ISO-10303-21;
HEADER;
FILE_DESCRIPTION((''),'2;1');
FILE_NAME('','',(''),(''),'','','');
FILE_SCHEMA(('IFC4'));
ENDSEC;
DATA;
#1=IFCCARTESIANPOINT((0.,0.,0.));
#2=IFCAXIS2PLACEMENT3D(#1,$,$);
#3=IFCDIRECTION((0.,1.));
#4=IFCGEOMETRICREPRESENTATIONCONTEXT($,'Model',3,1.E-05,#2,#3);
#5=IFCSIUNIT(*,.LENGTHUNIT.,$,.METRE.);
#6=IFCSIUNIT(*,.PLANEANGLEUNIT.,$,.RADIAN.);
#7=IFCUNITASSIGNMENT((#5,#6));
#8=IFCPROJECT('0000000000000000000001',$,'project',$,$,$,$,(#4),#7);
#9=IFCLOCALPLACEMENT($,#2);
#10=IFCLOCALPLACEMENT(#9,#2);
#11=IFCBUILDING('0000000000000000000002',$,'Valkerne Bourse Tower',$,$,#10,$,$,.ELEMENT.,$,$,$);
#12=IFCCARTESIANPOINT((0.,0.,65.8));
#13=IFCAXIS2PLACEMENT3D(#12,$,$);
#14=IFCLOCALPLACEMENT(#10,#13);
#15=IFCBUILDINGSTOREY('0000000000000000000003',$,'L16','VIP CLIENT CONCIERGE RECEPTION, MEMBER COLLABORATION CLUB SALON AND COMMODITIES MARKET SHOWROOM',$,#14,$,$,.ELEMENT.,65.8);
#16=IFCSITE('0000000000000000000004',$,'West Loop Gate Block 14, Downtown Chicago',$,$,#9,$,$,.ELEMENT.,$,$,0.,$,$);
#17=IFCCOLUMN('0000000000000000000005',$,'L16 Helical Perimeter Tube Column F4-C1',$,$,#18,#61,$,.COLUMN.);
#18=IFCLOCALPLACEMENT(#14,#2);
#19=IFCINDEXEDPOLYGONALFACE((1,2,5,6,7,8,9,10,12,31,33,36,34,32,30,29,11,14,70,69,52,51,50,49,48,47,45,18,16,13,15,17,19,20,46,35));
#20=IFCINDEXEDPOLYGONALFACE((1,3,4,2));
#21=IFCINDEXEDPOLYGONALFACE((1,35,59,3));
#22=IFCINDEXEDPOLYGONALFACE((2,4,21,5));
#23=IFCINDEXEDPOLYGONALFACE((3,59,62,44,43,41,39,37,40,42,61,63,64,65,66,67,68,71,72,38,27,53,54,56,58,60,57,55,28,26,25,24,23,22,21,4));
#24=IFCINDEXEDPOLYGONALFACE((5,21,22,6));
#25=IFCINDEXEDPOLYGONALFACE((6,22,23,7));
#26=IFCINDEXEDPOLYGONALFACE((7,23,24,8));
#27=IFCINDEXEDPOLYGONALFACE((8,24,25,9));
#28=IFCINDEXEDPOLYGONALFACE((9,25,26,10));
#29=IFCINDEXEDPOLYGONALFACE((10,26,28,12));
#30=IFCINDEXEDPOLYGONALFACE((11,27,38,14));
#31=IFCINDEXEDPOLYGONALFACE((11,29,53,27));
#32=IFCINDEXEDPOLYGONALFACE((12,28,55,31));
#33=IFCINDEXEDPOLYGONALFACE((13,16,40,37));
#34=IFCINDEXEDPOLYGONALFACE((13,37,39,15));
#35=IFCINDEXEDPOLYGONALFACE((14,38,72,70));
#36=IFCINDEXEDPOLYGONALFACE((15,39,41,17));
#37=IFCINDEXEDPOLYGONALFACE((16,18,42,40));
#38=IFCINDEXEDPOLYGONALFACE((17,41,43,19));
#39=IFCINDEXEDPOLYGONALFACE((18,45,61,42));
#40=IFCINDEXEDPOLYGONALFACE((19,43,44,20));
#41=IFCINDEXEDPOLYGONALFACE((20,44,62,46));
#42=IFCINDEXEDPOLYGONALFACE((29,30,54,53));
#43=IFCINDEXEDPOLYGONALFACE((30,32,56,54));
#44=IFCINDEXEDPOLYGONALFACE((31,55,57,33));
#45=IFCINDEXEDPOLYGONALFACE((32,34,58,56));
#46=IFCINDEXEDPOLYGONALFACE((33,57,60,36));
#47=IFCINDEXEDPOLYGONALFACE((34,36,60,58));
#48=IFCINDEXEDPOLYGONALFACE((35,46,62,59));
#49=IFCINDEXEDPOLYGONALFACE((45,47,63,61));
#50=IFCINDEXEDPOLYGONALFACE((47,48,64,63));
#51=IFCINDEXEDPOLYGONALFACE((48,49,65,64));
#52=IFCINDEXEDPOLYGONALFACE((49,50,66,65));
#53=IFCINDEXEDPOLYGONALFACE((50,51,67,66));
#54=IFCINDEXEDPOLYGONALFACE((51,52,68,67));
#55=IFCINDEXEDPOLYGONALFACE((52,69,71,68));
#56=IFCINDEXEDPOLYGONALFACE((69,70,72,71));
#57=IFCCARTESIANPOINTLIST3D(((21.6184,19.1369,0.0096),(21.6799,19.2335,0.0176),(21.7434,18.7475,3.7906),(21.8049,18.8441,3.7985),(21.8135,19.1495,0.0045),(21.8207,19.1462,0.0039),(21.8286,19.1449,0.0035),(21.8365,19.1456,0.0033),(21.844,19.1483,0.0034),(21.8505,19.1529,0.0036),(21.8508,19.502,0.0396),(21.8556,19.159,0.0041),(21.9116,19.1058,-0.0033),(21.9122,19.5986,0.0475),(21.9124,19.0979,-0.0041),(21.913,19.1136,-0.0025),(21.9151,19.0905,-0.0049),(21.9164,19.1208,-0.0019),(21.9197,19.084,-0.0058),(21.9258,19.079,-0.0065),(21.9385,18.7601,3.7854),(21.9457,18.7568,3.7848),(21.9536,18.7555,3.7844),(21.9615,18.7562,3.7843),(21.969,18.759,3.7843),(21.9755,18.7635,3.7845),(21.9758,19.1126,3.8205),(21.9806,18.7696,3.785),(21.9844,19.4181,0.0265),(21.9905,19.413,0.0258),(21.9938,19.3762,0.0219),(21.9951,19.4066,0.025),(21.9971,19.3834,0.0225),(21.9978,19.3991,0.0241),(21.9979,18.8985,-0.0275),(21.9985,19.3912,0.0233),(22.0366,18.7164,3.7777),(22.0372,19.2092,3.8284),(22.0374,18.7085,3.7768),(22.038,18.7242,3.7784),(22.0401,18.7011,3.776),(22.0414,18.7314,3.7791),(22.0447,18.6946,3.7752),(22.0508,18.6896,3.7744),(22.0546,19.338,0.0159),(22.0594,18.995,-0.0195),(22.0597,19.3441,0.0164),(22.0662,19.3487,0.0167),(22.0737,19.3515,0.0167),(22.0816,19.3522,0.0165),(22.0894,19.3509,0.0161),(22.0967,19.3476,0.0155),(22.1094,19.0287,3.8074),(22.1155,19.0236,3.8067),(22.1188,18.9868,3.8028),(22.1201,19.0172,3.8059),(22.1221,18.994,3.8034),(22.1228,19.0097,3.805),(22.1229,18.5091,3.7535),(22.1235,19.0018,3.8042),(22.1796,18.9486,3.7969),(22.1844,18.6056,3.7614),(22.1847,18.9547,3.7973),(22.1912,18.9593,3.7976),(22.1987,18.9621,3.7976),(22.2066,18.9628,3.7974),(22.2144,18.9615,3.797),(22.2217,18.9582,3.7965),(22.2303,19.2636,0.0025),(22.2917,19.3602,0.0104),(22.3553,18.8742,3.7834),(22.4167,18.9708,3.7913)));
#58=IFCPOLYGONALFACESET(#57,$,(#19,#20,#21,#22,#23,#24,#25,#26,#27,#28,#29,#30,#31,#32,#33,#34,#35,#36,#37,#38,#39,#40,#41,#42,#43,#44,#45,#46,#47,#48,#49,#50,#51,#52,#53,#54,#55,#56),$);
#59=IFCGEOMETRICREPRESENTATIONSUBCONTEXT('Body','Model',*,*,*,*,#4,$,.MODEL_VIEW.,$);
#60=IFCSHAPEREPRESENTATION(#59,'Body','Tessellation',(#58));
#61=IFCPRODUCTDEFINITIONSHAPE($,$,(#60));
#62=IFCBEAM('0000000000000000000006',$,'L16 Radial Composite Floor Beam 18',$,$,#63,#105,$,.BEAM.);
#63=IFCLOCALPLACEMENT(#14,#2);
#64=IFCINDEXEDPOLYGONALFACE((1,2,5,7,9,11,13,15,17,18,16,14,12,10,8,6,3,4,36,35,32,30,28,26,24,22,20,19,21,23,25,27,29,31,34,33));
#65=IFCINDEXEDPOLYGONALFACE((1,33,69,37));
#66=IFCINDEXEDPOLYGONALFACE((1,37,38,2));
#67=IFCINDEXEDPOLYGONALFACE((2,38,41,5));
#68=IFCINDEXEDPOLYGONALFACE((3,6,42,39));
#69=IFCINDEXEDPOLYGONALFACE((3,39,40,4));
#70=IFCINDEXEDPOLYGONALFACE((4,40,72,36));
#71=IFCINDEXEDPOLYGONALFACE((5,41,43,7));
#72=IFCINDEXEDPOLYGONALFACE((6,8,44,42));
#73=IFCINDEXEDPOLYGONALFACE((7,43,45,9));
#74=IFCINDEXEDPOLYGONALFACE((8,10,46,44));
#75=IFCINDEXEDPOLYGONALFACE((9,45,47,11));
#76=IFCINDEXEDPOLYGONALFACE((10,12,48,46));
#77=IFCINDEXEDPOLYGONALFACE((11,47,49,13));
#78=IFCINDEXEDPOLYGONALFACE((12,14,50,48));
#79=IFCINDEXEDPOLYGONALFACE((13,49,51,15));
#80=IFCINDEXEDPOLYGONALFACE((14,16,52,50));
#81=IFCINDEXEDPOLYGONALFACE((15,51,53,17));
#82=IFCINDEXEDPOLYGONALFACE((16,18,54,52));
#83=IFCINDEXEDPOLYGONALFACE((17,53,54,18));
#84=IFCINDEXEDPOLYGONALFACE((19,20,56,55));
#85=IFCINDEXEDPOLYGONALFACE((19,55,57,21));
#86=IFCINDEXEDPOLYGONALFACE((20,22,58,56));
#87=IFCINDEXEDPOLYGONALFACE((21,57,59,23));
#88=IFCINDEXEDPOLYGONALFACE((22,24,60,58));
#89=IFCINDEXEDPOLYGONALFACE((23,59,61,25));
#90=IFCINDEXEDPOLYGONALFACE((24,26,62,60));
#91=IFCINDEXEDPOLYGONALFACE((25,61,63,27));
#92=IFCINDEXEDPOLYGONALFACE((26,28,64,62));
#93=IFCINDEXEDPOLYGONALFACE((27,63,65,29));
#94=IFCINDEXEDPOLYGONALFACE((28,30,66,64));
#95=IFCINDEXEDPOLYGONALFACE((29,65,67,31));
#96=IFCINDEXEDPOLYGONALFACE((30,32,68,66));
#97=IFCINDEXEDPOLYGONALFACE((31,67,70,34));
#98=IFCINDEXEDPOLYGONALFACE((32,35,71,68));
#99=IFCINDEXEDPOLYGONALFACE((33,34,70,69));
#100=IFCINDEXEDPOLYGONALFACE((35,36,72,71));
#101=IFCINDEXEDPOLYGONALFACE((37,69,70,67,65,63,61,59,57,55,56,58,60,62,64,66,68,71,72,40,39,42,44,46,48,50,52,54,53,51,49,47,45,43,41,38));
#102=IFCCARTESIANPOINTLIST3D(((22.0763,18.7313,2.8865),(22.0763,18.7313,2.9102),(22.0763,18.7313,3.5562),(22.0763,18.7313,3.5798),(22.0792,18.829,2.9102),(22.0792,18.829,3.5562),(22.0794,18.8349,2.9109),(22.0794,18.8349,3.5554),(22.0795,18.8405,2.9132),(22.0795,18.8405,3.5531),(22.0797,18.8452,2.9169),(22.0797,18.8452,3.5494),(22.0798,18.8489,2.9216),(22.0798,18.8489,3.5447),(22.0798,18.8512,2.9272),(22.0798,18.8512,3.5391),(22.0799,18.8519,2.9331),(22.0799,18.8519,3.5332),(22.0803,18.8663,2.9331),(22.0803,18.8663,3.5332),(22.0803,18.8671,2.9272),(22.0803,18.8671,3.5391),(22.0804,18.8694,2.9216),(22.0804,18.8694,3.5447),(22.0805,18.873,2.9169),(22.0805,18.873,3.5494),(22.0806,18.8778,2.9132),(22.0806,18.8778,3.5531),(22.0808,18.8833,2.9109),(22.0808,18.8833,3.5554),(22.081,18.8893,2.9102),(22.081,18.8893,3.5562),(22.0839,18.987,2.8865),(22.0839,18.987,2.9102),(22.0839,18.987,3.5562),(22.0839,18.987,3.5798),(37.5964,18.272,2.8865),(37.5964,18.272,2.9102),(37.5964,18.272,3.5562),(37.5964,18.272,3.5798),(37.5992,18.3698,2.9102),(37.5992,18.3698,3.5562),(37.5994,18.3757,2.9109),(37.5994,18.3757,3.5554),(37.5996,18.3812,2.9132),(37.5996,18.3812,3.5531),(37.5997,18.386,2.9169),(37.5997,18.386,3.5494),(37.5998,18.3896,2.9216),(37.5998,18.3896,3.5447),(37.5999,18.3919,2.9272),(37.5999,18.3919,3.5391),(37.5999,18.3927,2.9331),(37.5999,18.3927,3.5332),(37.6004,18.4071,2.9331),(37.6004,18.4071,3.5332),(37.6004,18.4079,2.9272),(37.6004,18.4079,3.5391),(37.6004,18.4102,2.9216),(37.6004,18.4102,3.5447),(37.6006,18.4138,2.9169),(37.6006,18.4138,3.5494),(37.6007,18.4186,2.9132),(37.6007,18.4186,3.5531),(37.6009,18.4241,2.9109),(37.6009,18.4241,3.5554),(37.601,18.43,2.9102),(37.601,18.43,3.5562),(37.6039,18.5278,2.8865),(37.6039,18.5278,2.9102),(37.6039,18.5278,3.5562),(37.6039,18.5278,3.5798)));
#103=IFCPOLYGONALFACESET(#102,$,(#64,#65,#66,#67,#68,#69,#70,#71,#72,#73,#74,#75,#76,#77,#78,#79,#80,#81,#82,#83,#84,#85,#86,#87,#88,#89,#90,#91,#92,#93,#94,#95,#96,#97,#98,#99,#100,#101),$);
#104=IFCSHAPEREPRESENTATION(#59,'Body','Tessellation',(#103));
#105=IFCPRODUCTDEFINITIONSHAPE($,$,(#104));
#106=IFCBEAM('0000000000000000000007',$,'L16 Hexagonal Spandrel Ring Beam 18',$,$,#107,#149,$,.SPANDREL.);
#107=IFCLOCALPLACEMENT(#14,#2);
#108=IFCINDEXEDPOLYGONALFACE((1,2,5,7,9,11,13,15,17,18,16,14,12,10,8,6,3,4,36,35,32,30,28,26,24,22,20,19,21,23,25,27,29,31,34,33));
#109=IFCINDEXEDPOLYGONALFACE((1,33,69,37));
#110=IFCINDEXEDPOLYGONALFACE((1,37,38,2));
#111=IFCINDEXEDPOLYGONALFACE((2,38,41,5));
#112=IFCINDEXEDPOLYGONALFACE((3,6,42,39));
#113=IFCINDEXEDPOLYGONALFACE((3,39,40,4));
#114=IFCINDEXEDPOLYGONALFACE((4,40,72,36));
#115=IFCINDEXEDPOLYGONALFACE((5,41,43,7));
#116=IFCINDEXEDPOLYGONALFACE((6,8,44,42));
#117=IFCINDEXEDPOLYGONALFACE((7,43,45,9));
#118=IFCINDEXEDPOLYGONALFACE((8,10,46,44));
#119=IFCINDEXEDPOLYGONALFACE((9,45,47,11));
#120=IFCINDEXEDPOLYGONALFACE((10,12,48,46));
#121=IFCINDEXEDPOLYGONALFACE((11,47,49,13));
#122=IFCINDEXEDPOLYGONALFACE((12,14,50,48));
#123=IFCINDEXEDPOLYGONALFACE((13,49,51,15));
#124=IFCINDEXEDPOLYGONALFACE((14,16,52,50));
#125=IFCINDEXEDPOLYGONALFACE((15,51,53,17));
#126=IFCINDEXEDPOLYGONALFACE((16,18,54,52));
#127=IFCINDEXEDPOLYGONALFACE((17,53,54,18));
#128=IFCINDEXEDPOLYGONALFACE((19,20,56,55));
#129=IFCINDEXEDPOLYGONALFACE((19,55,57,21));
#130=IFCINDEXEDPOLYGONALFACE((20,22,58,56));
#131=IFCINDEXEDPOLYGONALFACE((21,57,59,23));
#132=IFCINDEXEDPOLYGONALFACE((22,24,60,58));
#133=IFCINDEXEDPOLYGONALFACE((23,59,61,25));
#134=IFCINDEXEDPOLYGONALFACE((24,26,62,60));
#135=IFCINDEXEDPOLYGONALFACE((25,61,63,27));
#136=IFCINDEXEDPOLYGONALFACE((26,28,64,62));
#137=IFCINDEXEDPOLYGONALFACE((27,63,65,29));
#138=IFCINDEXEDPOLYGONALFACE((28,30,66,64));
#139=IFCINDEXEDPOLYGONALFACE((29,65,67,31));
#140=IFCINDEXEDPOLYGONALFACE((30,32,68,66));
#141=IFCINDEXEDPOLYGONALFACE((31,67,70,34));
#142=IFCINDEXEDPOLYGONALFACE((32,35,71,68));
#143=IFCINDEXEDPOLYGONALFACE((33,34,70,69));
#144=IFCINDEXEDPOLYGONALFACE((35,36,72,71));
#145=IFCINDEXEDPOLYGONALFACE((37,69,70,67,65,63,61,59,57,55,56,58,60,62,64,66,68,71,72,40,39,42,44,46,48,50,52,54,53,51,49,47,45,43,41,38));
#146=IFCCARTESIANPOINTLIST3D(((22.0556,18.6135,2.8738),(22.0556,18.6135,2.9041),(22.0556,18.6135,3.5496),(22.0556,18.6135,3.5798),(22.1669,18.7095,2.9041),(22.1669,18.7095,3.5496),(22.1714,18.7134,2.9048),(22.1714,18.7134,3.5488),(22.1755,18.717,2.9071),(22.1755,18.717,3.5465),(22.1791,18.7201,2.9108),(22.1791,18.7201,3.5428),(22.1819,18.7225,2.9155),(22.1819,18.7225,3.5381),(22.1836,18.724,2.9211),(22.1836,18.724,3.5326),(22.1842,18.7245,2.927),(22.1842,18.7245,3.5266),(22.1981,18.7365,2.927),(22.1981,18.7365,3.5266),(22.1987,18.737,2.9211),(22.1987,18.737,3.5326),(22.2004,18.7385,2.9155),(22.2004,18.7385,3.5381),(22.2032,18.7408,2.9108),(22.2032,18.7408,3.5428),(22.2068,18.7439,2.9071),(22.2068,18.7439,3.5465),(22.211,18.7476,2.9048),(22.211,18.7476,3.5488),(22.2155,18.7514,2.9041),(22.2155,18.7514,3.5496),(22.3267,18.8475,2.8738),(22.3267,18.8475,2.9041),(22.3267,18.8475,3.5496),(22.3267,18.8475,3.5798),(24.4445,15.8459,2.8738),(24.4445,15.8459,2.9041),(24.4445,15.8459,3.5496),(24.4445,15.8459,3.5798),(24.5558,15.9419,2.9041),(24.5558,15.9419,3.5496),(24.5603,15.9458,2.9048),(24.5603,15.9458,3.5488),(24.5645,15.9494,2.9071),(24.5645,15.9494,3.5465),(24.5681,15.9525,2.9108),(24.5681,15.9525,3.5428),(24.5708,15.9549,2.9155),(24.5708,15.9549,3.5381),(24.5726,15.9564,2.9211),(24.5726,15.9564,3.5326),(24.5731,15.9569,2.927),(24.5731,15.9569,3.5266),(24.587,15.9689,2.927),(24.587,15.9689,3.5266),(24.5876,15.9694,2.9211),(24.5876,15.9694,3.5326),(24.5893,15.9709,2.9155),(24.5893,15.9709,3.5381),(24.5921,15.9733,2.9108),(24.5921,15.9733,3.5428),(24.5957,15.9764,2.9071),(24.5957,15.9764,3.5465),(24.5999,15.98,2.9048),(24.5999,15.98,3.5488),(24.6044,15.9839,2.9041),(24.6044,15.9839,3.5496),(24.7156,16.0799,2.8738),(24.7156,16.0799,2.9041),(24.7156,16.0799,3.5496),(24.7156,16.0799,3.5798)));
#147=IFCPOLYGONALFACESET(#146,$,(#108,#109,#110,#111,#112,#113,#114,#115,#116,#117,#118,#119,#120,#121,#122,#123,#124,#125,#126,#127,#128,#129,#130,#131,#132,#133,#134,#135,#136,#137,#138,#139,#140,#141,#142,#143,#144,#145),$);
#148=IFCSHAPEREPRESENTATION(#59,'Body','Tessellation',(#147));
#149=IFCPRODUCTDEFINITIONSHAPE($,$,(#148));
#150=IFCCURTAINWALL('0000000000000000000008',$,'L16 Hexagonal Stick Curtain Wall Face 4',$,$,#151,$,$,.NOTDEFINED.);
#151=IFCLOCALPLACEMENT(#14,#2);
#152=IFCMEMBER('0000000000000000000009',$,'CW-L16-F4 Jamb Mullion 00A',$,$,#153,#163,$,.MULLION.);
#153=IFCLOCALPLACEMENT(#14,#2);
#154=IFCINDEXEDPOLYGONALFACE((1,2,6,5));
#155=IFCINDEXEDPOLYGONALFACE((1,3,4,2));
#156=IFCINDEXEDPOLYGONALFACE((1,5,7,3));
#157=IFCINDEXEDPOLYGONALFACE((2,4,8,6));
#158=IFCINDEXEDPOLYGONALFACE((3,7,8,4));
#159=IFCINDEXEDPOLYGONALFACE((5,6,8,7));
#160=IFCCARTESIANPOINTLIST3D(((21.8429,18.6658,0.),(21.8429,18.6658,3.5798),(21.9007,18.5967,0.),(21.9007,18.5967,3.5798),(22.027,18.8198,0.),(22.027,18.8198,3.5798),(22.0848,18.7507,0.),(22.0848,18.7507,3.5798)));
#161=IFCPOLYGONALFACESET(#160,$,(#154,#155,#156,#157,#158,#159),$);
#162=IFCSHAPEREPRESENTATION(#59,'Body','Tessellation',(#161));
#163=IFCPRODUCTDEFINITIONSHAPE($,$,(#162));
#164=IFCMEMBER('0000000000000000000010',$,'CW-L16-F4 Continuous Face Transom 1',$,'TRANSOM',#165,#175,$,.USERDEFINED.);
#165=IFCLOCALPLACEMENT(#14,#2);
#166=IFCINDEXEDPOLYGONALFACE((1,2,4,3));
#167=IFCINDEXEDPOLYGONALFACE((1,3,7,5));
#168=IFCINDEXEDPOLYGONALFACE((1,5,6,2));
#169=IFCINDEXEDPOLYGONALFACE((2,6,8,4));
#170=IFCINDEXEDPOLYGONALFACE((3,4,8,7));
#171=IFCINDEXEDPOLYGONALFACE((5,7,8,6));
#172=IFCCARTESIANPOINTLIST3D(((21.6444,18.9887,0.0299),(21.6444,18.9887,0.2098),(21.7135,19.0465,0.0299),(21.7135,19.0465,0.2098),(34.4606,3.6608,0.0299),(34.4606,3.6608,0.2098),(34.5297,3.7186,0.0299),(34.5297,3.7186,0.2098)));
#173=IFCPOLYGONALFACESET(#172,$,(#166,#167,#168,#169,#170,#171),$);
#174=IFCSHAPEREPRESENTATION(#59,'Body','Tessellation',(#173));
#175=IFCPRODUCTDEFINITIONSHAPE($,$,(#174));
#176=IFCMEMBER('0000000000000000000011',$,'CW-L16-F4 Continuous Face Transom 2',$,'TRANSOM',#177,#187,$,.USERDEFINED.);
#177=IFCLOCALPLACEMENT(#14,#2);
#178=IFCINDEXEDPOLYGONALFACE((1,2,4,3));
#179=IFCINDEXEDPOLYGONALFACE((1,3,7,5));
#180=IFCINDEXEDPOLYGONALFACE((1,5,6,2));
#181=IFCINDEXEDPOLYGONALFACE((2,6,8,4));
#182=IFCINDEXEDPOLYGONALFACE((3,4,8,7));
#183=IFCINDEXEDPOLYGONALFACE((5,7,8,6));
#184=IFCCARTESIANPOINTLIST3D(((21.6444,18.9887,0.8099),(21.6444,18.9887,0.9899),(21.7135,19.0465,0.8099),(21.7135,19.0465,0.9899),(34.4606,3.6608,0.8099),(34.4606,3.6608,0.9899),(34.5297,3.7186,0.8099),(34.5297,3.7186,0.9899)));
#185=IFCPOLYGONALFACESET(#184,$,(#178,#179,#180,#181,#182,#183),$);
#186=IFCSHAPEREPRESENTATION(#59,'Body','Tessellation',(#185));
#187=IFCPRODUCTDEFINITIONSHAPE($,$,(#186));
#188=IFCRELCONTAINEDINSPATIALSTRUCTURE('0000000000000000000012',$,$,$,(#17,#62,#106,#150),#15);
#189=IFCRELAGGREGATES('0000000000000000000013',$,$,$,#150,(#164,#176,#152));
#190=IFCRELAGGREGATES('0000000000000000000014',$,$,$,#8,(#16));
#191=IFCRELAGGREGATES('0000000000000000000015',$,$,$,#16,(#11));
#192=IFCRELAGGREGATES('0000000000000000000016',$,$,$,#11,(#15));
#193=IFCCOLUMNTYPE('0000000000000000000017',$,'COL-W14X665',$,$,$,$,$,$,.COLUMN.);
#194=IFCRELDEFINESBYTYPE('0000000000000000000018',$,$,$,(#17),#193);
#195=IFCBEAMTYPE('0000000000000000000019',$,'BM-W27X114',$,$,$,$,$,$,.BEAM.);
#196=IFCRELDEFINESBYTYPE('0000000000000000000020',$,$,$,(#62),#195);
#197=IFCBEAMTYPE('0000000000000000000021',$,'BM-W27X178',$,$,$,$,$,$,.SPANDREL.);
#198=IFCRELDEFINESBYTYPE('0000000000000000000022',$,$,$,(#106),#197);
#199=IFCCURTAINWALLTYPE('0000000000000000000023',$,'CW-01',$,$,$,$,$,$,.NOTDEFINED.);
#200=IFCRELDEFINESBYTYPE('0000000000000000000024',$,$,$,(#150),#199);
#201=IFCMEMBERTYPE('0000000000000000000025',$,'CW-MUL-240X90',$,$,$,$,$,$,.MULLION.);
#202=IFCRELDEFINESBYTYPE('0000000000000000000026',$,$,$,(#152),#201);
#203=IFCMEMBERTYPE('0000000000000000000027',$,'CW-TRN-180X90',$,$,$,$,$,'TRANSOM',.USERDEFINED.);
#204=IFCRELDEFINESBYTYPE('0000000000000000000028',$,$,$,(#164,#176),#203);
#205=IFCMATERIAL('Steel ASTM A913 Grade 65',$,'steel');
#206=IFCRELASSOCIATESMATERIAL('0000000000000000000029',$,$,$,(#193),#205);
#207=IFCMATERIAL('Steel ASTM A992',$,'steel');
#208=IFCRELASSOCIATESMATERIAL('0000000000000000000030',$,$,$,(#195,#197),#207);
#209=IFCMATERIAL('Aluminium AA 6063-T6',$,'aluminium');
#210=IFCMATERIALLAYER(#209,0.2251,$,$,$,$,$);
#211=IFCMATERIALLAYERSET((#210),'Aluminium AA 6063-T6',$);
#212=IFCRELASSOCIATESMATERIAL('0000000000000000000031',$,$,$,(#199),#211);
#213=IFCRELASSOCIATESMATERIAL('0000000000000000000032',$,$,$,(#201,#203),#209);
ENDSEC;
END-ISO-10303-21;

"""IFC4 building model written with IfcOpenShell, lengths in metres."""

from ifc_helpers import new_model, si_unit, direction, frame, origin, origin_2d, place, context, subcontext, project, spatial, rectangle, i_section, extrude, material, layer, layer_set, material_profile, profile_set, type_object, element, aggregate, save


model = new_model("IFC4")

# Units and contexts
model_context = context("Model", 3, precision=1e-05, world=origin(), true_north=direction((0.0, 1.0)))
body_context = subcontext(model_context, "Body", "Model", "MODEL_VIEW")
ifc_project = project(units=[si_unit("LENGTHUNIT", "METRE"), si_unit("PLANEANGLEUNIT", "RADIAN")], contexts=[model_context])

# Site, building, storey
site_placement = place(None, origin())
site = spatial("IfcSite", under=ifc_project, at=site_placement, Name="West Loop Gate Block 14, Downtown Chicago", CompositionType="ELEMENT", RefElevation=0.0)
building_placement = place(site_placement, origin())
building = spatial("IfcBuilding", under=site, at=building_placement, Name="Valkerne Bourse Tower", CompositionType="ELEMENT")
storey_placement = place(building_placement, frame((0.0, 0.0, 65.8)))
storey = spatial("IfcBuildingStorey", under=building, at=storey_placement, Name="L16", Description="VIP CLIENT CONCIERGE RECEPTION, MEMBER COLLABORATION CLUB SALON AND COMMODITIES MARKET SHOWROOM", CompositionType="ELEMENT", Elevation=65.8)

# Column
ifc_material_1 = material(Name="Steel ASTM A913 Grade 65", Category="steel")
ifc_material_profile_1 = material_profile(ifc_material_1, i_section(OverallWidth=0.4497, OverallDepth=0.5486, WebThickness=0.072, FlangeThickness=0.1147, FilletRadius=0.0305, at=origin_2d()), Name="W14X665")
ifc_profile_set_1 = profile_set([ifc_material_profile_1], Name="Steel ASTM A913 Grade 65")
column_type = type_object("IfcColumnType", Name="COL-W14X665", PredefinedType="COLUMN", material=ifc_profile_set_1)
column_placement = place(storey_placement, frame((21.9551, 19.2485, 0.01), z_axis=(0.032868, -0.102392, 0.994201), x_axis=(0.843872, -0.530164, -0.0825)))
element("IfcColumn", 1, at=column_placement, inside=storey, type_object=column_type, Name="L16 Helical Perimeter Tube Column F4-C1", PredefinedType="COLUMN", context=body_context, shape_type="SweptSolid", body=[
    extrude(i_section(OverallWidth=0.4497, OverallDepth=0.5486, WebThickness=0.072, FlangeThickness=0.1147, FilletRadius=0.0305, at=origin_2d()), origin(), (0.0, 0.0, 1.0), 3.803),
])

# Beams
ifc_material_2 = material(Name="Steel ASTM A992", Category="steel")
ifc_material_profile_2 = material_profile(ifc_material_2, i_section(OverallWidth=0.2559, OverallDepth=0.6934, WebThickness=0.0144, FlangeThickness=0.0237, FilletRadius=0.0229, at=origin_2d()), Name="W27X114")
ifc_profile_set_2 = profile_set([ifc_material_profile_2], Name="Steel ASTM A992")
beam_type_1 = type_object("IfcBeamType", Name="BM-W27X114", PredefinedType="BEAM", material=ifc_profile_set_2)
beam_1_placement = place(storey_placement, frame((22.0801, 18.8591, 3.2332), z_axis=(0.999563, -0.029576, 0.0), x_axis=(0.029576, 0.999563, 0.0)))
element("IfcBeam", 2, at=beam_1_placement, inside=storey, type_object=beam_type_1, Name="L16 Radial Composite Floor Beam 18", PredefinedType="BEAM", context=body_context, shape_type="SweptSolid", body=[
    extrude(i_section(OverallWidth=0.2559, OverallDepth=0.6934, WebThickness=0.0144, FlangeThickness=0.0237, FilletRadius=0.0229, at=origin_2d()), origin(), (0.0, 0.0, 1.0), 15.5269),
])
ifc_material_profile_3 = material_profile(ifc_material_2, i_section(OverallWidth=0.3582, OverallDepth=0.7061, WebThickness=0.0183, FlangeThickness=0.0303, FilletRadius=0.0229, at=origin_2d()), Name="W27X178")
ifc_profile_set_3 = profile_set([ifc_material_profile_3], Name="Steel ASTM A992")
beam_type_2 = type_object("IfcBeamType", Name="BM-W27X178", PredefinedType="SPANDREL", material=ifc_profile_set_3)
beam_2_placement = place(storey_placement, frame((22.1912, 18.7305, 3.2268), z_axis=(0.653422, -0.756994, 0.0), x_axis=(0.756994, 0.653422, 0.0)))
element("IfcBeam", 3, at=beam_2_placement, inside=storey, type_object=beam_type_2, Name="L16 Hexagonal Spandrel Ring Beam 18", PredefinedType="SPANDREL", context=body_context, shape_type="SweptSolid", body=[
    extrude(i_section(OverallWidth=0.3582, OverallDepth=0.7061, WebThickness=0.0183, FlangeThickness=0.0303, FilletRadius=0.0229, at=origin_2d()), origin(), (0.0, 0.0, 1.0), 3.656),
])

# Curtain wall, members
ifc_material_3 = material(Name="Aluminium AA 6063-T6", Category="aluminium")
ifc_layer_1 = layer(ifc_material_3, 0.2251)
ifc_layer_set_1 = layer_set([ifc_layer_1], Name="Aluminium AA 6063-T6")
curtain_wall_type = type_object("IfcCurtainWallType", Name="CW-01", PredefinedType="NOTDEFINED", material=ifc_layer_set_1)
curtain_wall_placement = place(storey_placement, origin())
curtain_wall = element("IfcCurtainWall", 4, at=curtain_wall_placement, inside=storey, type_object=curtain_wall_type, Name="L16 Hexagonal Stick Curtain Wall Face 4", PredefinedType="NOTDEFINED")
ifc_material_profile_4 = material_profile(ifc_material_3, rectangle(XDim=0.0901, YDim=0.24, at=origin_2d()), Name="CWM-90X240")
ifc_profile_set_4 = profile_set([ifc_material_profile_4], Name="Aluminium AA 6063-T6")
member_type_1 = type_object("IfcMemberType", Name="CW-MUL-240X90", PredefinedType="MULLION", material=ifc_profile_set_4)
member_1_placement = place(storey_placement, frame((21.9639, 18.7083, 0.0), z_axis=(0.0, 0.0, 1.0), x_axis=(0.641459, -0.767158, 0.0)))
member_1 = element("IfcMember", 5, at=member_1_placement, type_object=member_type_1, Name="CW-L16-F4 Jamb Mullion 00A", PredefinedType="MULLION", context=body_context, shape_type="SweptSolid", body=[
    extrude(rectangle(XDim=0.0901, YDim=0.24, at=origin_2d()), origin(), (0.0, 0.0, 1.0), 3.5798),
])
ifc_material_profile_5 = material_profile(ifc_material_3, rectangle(XDim=0.0901, YDim=0.1799, at=origin_2d()), Name="CWT-90X180")
ifc_profile_set_5 = profile_set([ifc_material_profile_5], Name="Aluminium AA 6063-T6")
member_type_2 = type_object("IfcMemberType", Name="CW-TRN-180X90", ElementType="TRANSOM", PredefinedType="USERDEFINED", material=ifc_profile_set_5)
member_2_placement = place(storey_placement, frame((21.679, 19.0176, 0.1199), z_axis=(0.641452, -0.767164, 0.0), x_axis=(0.767164, 0.641452, 0.0)))
member_2 = element("IfcMember", 6, at=member_2_placement, type_object=member_type_2, Name="CW-L16-F4 Continuous Face Transom 1", ObjectType="TRANSOM", PredefinedType="USERDEFINED", context=body_context, shape_type="SweptSolid", body=[
    extrude(rectangle(XDim=0.0901, YDim=0.1799, at=origin_2d()), origin(), (0.0, 0.0, 1.0), 19.98),
])
member_3_placement = place(storey_placement, frame((21.679, 19.0176, 0.8999), z_axis=(0.641452, -0.767164, 0.0), x_axis=(0.767164, 0.641452, 0.0)))
member_3 = element("IfcMember", 7, at=member_3_placement, type_object=member_type_2, Name="CW-L16-F4 Continuous Face Transom 2", ObjectType="TRANSOM", PredefinedType="USERDEFINED", context=body_context, shape_type="SweptSolid", body=[
    extrude(rectangle(XDim=0.0901, YDim=0.1799, at=origin_2d()), origin(), (0.0, 0.0, 1.0), 19.98),
])

aggregate(curtain_wall, [member_2, member_3, member_1])

save(model, "model.ifc")
